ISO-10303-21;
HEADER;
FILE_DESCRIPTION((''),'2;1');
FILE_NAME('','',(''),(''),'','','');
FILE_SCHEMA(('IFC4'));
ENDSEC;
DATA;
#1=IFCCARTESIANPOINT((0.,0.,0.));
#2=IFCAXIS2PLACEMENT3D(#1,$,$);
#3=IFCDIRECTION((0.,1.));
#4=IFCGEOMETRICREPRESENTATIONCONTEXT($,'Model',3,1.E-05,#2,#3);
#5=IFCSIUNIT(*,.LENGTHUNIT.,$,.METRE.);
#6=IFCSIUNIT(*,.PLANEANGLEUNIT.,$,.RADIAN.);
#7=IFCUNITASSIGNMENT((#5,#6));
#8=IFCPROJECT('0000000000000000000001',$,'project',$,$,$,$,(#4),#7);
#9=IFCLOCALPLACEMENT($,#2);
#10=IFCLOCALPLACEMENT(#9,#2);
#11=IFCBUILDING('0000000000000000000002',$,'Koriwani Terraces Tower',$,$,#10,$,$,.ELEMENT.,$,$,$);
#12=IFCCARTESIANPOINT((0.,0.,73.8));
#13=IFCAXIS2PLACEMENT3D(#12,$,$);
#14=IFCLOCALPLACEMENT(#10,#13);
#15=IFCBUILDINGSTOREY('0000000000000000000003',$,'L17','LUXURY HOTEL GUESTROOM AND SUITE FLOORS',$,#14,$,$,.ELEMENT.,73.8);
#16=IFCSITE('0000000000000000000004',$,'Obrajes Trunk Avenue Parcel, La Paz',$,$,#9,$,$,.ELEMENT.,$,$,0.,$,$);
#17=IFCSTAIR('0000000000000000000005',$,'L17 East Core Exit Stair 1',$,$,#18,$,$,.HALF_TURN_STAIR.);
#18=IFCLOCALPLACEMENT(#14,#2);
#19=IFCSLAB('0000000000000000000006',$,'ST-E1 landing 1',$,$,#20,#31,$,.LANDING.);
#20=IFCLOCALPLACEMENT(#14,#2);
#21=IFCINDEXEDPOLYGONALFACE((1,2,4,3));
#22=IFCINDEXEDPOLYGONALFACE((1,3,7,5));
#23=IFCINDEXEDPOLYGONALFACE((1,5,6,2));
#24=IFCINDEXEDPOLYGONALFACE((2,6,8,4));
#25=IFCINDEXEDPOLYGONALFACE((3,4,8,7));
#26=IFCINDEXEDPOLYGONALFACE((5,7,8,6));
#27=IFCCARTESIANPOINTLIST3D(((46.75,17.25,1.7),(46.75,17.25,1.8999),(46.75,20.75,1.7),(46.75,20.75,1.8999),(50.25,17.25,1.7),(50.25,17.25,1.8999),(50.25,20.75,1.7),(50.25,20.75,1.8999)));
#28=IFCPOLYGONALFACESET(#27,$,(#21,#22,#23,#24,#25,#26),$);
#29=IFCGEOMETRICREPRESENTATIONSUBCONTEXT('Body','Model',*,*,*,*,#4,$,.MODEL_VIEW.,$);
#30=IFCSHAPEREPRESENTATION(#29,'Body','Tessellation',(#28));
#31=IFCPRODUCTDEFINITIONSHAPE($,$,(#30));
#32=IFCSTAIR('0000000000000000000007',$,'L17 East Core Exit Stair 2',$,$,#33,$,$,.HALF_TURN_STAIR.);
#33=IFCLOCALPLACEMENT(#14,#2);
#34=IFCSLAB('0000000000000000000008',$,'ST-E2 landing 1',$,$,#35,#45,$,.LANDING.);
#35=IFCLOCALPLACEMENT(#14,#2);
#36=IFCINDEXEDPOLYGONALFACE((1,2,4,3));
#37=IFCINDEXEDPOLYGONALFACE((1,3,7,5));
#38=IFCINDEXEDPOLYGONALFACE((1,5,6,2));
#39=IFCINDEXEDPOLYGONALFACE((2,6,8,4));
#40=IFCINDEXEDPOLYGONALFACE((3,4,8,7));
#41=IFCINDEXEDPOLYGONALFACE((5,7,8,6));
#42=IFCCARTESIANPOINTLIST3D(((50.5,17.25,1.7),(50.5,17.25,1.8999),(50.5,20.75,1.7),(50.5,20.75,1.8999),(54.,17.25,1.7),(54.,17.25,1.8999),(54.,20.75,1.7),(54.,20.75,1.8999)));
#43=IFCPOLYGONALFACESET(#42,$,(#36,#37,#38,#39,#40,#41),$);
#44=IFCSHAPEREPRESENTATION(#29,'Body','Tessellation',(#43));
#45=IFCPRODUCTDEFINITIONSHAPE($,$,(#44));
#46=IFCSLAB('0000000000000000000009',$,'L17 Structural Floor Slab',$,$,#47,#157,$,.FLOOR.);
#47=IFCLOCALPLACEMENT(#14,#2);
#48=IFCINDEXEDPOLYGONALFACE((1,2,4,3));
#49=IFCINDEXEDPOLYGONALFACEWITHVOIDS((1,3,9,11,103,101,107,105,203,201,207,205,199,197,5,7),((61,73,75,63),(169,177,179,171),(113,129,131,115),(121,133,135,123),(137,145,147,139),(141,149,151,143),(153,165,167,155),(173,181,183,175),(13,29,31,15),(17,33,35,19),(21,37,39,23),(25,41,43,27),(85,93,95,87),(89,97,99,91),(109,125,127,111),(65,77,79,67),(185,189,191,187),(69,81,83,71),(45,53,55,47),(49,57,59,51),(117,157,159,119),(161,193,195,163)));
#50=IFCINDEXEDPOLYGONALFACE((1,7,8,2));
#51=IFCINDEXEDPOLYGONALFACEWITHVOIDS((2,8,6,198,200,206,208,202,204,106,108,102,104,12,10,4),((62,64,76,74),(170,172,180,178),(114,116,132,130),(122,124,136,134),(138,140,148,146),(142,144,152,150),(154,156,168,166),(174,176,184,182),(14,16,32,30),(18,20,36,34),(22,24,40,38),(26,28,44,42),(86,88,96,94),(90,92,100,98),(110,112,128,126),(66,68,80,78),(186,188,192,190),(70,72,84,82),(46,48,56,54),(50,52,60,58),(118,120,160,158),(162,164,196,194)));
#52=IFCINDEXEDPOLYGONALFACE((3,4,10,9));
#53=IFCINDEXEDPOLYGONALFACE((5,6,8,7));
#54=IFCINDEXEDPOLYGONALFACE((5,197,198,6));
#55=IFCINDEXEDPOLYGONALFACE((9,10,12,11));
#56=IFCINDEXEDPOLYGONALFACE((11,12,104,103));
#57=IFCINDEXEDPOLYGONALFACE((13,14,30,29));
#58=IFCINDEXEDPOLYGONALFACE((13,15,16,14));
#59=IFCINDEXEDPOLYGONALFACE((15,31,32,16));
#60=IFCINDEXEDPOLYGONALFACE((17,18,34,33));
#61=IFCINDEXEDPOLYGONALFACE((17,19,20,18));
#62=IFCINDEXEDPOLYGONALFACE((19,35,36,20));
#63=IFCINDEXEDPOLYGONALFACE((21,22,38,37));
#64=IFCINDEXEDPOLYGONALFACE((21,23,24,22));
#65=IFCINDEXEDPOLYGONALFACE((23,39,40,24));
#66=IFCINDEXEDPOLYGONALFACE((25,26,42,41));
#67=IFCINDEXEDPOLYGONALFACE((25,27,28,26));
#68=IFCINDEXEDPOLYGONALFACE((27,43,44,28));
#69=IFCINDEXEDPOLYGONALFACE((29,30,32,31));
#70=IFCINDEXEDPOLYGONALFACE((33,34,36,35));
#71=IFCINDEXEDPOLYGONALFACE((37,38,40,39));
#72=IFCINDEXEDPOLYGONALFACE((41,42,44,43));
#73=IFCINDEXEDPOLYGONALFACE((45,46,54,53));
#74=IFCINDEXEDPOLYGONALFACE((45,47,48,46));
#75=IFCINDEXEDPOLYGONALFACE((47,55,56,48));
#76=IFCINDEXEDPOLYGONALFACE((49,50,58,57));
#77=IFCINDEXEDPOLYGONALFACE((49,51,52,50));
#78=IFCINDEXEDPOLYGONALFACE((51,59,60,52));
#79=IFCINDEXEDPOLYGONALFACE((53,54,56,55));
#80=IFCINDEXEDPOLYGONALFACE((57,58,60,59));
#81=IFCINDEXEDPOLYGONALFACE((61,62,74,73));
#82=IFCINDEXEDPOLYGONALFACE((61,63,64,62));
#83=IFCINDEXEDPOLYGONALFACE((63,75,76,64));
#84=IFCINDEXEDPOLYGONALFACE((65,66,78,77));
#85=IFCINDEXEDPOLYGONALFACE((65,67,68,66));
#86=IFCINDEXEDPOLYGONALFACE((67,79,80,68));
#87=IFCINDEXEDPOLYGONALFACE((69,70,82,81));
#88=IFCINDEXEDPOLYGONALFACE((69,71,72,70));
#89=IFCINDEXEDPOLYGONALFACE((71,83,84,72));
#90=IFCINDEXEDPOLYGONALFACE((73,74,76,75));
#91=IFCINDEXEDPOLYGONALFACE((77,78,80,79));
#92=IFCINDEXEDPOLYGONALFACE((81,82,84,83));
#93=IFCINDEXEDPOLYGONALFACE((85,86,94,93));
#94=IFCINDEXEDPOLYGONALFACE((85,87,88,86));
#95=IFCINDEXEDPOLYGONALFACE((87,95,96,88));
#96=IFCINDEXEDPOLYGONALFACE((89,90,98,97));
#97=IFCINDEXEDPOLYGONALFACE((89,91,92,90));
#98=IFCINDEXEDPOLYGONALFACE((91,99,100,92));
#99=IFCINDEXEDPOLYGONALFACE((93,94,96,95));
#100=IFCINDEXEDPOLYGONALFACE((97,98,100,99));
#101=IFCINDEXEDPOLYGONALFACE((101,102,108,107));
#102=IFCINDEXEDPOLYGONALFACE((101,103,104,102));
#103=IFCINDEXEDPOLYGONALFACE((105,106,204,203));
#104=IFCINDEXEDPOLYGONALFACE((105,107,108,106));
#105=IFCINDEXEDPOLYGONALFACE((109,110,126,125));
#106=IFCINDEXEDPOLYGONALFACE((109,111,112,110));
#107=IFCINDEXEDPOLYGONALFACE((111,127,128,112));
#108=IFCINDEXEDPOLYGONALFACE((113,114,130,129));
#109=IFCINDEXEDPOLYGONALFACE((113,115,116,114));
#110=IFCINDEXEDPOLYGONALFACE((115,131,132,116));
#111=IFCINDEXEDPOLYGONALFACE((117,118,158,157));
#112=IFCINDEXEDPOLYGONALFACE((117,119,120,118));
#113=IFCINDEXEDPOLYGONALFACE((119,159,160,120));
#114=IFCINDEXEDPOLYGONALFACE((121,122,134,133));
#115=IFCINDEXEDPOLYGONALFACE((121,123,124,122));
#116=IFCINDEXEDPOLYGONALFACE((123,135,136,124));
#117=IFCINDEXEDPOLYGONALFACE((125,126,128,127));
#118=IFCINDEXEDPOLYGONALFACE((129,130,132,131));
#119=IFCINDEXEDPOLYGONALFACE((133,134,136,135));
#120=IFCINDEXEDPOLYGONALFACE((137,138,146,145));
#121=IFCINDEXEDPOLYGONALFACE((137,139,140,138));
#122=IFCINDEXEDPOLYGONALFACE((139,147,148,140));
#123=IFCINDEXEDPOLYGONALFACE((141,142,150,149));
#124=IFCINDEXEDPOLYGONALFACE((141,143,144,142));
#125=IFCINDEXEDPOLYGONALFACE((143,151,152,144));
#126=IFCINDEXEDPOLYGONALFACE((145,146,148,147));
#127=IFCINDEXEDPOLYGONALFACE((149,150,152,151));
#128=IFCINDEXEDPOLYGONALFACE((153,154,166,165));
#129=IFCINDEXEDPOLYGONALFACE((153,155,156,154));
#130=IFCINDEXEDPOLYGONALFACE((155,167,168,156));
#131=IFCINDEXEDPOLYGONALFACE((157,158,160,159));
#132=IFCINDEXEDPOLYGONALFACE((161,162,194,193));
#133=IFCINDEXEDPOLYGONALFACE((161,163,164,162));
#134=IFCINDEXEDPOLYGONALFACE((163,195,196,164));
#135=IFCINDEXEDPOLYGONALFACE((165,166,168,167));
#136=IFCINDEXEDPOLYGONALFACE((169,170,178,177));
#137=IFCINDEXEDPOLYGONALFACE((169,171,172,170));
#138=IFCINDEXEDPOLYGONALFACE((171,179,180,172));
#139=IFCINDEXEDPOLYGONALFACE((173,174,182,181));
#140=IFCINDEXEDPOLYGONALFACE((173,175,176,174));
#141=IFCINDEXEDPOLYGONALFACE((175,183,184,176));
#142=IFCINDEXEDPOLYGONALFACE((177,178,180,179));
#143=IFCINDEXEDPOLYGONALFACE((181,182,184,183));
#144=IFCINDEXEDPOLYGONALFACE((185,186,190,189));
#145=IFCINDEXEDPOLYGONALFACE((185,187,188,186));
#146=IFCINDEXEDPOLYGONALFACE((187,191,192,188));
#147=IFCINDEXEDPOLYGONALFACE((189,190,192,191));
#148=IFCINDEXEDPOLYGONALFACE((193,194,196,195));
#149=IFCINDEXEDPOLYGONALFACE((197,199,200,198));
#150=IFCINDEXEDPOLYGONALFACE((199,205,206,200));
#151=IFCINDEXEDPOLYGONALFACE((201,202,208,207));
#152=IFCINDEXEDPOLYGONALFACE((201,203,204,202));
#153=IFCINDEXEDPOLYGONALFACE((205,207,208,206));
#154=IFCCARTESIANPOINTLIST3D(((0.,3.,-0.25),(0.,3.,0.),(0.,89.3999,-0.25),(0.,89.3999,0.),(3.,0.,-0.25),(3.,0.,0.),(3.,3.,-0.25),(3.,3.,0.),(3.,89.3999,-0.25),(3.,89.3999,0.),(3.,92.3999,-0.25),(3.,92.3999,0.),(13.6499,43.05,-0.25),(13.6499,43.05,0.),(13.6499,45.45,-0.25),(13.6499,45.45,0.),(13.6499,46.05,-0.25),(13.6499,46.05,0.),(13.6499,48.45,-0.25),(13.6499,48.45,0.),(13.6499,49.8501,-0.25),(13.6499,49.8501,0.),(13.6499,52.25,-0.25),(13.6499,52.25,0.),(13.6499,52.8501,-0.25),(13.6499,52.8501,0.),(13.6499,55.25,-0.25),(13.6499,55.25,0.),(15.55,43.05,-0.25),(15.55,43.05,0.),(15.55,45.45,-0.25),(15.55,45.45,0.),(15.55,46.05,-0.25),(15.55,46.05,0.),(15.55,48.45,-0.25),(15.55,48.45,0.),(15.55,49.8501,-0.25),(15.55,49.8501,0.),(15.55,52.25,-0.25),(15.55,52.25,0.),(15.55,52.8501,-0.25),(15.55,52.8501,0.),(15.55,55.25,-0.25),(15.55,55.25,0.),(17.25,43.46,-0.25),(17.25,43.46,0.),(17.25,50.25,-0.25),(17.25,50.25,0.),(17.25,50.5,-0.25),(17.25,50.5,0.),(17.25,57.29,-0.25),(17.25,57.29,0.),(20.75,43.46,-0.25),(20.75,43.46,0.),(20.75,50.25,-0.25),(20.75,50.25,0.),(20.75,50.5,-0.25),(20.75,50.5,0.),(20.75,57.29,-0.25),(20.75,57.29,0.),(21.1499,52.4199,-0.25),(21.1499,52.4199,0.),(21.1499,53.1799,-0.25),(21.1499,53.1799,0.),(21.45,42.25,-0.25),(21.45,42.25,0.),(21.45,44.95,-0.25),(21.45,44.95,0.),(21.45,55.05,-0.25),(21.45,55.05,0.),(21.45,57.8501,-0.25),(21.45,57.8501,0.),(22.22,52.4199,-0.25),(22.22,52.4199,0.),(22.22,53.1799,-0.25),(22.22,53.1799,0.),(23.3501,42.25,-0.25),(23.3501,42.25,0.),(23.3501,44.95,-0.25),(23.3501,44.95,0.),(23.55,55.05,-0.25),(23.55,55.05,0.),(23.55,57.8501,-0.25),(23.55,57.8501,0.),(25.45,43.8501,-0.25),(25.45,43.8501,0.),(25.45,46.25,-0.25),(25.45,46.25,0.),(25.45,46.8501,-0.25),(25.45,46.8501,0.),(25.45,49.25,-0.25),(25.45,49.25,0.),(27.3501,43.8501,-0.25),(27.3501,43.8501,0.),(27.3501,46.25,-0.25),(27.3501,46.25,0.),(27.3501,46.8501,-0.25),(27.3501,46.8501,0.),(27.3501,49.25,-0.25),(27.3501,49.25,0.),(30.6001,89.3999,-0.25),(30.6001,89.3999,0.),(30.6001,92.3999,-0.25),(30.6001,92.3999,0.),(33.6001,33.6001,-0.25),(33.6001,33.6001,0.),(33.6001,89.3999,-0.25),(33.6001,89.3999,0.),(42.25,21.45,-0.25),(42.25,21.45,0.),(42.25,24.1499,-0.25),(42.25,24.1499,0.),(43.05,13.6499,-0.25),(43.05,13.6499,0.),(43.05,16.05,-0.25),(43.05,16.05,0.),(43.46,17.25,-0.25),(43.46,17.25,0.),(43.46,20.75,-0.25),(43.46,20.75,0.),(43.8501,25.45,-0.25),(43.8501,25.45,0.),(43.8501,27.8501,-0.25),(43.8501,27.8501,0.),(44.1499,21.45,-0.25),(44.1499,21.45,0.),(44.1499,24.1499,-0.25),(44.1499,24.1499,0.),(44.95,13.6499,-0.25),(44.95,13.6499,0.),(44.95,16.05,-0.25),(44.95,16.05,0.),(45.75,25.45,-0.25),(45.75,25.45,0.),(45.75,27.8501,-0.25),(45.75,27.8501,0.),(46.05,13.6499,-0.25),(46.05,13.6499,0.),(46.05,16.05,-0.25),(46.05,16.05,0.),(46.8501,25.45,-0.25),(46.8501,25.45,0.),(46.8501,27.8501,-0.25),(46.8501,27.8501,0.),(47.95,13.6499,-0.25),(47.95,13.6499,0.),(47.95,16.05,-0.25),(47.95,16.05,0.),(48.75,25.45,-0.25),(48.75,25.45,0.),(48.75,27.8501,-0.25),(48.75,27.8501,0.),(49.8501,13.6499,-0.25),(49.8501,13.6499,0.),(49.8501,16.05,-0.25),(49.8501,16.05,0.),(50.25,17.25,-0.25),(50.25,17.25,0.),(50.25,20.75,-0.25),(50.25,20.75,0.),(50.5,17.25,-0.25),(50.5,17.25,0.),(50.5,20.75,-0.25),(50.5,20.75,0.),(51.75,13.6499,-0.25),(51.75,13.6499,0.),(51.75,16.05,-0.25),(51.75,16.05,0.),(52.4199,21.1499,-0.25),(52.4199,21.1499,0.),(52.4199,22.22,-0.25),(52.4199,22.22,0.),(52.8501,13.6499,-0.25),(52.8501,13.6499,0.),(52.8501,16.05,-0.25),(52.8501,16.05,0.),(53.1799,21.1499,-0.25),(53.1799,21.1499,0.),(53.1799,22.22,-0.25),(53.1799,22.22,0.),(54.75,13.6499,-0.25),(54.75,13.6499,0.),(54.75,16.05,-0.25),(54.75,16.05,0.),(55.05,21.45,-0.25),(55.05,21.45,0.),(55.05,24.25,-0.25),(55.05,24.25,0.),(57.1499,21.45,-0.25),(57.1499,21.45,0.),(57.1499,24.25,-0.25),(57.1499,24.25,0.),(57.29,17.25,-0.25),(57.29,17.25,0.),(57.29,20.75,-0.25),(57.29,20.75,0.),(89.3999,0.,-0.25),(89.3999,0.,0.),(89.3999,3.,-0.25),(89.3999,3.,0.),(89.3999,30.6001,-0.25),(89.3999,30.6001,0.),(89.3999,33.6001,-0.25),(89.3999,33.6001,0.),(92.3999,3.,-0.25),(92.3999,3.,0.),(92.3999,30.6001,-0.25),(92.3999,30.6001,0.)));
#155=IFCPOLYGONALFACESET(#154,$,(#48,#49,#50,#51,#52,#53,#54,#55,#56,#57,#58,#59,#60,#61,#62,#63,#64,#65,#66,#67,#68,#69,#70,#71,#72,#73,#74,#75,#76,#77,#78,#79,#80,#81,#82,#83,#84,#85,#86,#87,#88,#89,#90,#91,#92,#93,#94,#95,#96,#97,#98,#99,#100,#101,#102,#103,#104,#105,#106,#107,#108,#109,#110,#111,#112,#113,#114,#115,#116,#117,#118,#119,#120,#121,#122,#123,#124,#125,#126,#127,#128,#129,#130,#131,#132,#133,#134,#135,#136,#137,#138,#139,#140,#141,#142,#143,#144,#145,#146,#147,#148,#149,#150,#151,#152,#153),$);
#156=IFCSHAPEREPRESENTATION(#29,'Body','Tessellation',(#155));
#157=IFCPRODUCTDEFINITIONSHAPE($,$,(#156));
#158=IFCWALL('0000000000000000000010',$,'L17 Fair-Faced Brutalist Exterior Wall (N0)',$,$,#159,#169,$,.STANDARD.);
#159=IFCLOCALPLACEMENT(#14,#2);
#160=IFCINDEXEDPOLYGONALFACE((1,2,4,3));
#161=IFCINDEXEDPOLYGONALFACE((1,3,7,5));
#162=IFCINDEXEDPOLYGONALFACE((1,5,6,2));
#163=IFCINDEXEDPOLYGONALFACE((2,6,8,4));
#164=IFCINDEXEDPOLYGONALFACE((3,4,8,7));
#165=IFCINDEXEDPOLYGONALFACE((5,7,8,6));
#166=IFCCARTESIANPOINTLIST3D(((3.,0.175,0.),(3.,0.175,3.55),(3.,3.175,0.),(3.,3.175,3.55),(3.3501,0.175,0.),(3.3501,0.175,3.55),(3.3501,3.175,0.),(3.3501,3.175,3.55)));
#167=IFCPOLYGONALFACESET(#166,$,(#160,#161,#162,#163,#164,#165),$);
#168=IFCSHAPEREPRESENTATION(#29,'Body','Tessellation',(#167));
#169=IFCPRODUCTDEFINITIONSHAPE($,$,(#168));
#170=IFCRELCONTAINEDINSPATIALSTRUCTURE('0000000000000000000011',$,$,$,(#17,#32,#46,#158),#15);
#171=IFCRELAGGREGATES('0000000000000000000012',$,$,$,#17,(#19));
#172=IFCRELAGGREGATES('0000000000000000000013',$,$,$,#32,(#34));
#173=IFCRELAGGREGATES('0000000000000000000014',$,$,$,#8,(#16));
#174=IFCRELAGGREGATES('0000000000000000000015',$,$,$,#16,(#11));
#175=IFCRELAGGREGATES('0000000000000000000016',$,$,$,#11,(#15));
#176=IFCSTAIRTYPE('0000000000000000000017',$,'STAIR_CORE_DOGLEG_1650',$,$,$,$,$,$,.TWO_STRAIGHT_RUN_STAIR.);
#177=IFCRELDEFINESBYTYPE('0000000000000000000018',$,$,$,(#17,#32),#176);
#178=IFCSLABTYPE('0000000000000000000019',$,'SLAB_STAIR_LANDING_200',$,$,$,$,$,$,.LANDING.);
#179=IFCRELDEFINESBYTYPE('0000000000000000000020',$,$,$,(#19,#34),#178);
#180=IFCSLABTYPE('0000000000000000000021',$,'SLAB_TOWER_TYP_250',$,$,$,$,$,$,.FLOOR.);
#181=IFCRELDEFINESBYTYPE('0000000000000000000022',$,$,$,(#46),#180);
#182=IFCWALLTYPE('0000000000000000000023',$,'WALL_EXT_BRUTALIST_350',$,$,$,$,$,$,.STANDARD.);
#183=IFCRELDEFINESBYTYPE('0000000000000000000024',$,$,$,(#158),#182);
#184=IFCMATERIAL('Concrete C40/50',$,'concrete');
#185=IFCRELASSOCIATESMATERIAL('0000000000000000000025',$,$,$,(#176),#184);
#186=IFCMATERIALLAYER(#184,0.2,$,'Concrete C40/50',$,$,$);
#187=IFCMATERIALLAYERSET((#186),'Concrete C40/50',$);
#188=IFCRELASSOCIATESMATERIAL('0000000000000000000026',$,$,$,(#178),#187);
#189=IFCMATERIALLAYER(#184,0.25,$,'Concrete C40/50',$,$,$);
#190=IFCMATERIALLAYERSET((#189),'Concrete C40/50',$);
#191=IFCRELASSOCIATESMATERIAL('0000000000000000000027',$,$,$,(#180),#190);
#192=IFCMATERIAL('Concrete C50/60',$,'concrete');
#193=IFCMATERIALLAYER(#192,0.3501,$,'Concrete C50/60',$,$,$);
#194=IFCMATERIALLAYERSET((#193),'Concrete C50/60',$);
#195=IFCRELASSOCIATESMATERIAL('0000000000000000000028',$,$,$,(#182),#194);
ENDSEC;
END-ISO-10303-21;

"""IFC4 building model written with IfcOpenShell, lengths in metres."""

from ifc_helpers import new_model, si_unit, direction, frame, frame_2d, origin, place, context, subcontext, project, spatial, polyline, rectangle, outline, extrude, material, layer, layer_set, type_object, element, aggregate, save


model = new_model("IFC4")

# Units and contexts
model_context = context("Model", 3, precision=1e-05, world=origin(), true_north=direction((0.0, 1.0)))
body_context = subcontext(model_context, "Body", "Model", "MODEL_VIEW")
ifc_project = project(units=[si_unit("LENGTHUNIT", "METRE"), si_unit("PLANEANGLEUNIT", "RADIAN")], contexts=[model_context])

# Site, building, storey
site_placement = place(None, origin())
site = spatial("IfcSite", under=ifc_project, at=site_placement, Name="Obrajes Trunk Avenue Parcel, La Paz", CompositionType="ELEMENT", RefElevation=0.0)
building_placement = place(site_placement, origin())
building = spatial("IfcBuilding", under=site, at=building_placement, Name="Koriwani Terraces Tower", CompositionType="ELEMENT")
storey_placement = place(building_placement, frame((0.0, 0.0, 73.8)))
storey = spatial("IfcBuildingStorey", under=building, at=storey_placement, Name="L17", Description="LUXURY HOTEL GUESTROOM AND SUITE FLOORS", CompositionType="ELEMENT", Elevation=73.8)

# Shared definitions
ifc_material_1 = material(Name="Concrete C40/50", Category="concrete")
ifc_material_2 = material(Name="Concrete C50/60", Category="concrete")

# Stairs, slabs
stair_type = type_object("IfcStairType", Name="STAIR_CORE_DOGLEG_1650", PredefinedType="TWO_STRAIGHT_RUN_STAIR", material=ifc_material_1)
ifc_layer_1 = layer(ifc_material_1, 0.2, Name="Concrete C40/50")
ifc_layer_set_1 = layer_set([ifc_layer_1], Name="Concrete C40/50")
slab_type_1 = type_object("IfcSlabType", Name="SLAB_STAIR_LANDING_200", PredefinedType="LANDING", material=ifc_layer_set_1)
stair_1_placement = place(storey_placement, origin())
stair_1 = element("IfcStair", 1, at=stair_1_placement, inside=storey, type_object=stair_type, Name="L17 East Core Exit Stair 1", PredefinedType="HALF_TURN_STAIR")
slab_1_placement = place(storey_placement, frame((0.0, 0.0, 1.7)))
slab_1 = element("IfcSlab", 2, at=slab_1_placement, type_object=slab_type_1, Name="ST-E1 landing 1", PredefinedType="LANDING", context=body_context, shape_type="SweptSolid", body=[
    extrude(outline(polyline([(46.75, 17.25), (50.25, 17.25), (50.25, 20.75), (46.75, 20.75), (46.75, 17.25)])), origin(), (0.0, 0.0, 1.0), 0.2),
])
aggregate(stair_1, [slab_1])
stair_2_placement = place(storey_placement, origin())
stair_2 = element("IfcStair", 3, at=stair_2_placement, inside=storey, type_object=stair_type, Name="L17 East Core Exit Stair 2", PredefinedType="HALF_TURN_STAIR")
slab_2_placement = place(storey_placement, frame((0.0, 0.0, 1.7)))
slab_2 = element("IfcSlab", 4, at=slab_2_placement, type_object=slab_type_1, Name="ST-E2 landing 1", PredefinedType="LANDING", context=body_context, shape_type="SweptSolid", body=[
    extrude(outline(polyline([(54.0, 20.75), (50.5, 20.75), (50.5, 17.25), (54.0, 17.25), (54.0, 20.75)])), origin(), (0.0, 0.0, 1.0), 0.2),
])
aggregate(stair_2, [slab_2])

# Slab
ifc_layer_2 = layer(ifc_material_1, 0.25, Name="Concrete C40/50")
ifc_layer_set_2 = layer_set([ifc_layer_2], Name="Concrete C40/50")
slab_type_2 = type_object("IfcSlabType", Name="SLAB_TOWER_TYP_250", PredefinedType="FLOOR", material=ifc_layer_set_2)
slab_3_placement = place(storey_placement, frame((0.0, 0.0, -0.25)))
element("IfcSlab", 5, at=slab_3_placement, inside=storey, type_object=slab_type_2, Name="L17 Structural Floor Slab", PredefinedType="FLOOR", context=body_context, shape_type="SweptSolid", body=[
    extrude(outline(polyline([(3.0, 0.0), (89.3999, 0.0), (89.3999, 3.0), (92.3999, 3.0), (92.3999, 30.6001), (89.3999, 30.6001), (89.3999, 33.6001), (33.6001, 33.6001), (33.6001, 89.3999), (30.6001, 89.3999), (30.6001, 92.3999), (3.0, 92.3999), (3.0, 89.3999), (0.0, 89.3999), (0.0, 3.0), (3.0, 3.0), (3.0, 0.0)]), holes=[polyline([(17.25, 43.46), (20.75, 43.46), (20.75, 50.25), (17.25, 50.25), (17.25, 43.46)]), polyline([(17.25, 50.5), (20.75, 50.5), (20.75, 57.29), (17.25, 57.29), (17.25, 50.5)]), polyline([(43.46, 17.25), (50.25, 17.25), (50.25, 20.75), (43.46, 20.75), (43.46, 17.25)]), polyline([(50.5, 17.25), (57.29, 17.25), (57.29, 20.75), (50.5, 20.75), (50.5, 17.25)]), polyline([(13.6499, 43.05), (15.55, 43.05), (15.55, 45.45), (13.6499, 45.45), (13.6499, 43.05)]), polyline([(13.6499, 46.05), (15.55, 46.05), (15.55, 48.45), (13.6499, 48.45), (13.6499, 46.05)]), polyline([(43.05, 13.6499), (44.95, 13.6499), (44.95, 16.05), (43.05, 16.05), (43.05, 13.6499)]), polyline([(46.05, 13.6499), (47.95, 13.6499), (47.95, 16.05), (46.05, 16.05), (46.05, 13.6499)]), polyline([(13.6499, 49.8501), (15.55, 49.8501), (15.55, 52.25), (13.6499, 52.25), (13.6499, 49.8501)]), polyline([(13.6499, 52.8501), (15.55, 52.8501), (15.55, 55.25), (13.6499, 55.25), (13.6499, 52.8501)]), polyline([(49.8501, 13.6499), (51.75, 13.6499), (51.75, 16.05), (49.8501, 16.05), (49.8501, 13.6499)]), polyline([(52.8501, 13.6499), (54.75, 13.6499), (54.75, 16.05), (52.8501, 16.05), (52.8501, 13.6499)]), polyline([(25.45, 43.8501), (27.3501, 43.8501), (27.3501, 46.25), (25.45, 46.25), (25.45, 43.8501)]), polyline([(25.45, 46.8501), (27.3501, 46.8501), (27.3501, 49.25), (25.45, 49.25), (25.45, 46.8501)]), polyline([(43.8501, 25.45), (45.75, 25.45), (45.75, 27.8501), (43.8501, 27.8501), (43.8501, 25.45)]), polyline([(46.8501, 25.45), (48.75, 25.45), (48.75, 27.8501), (46.8501, 27.8501), (46.8501, 25.45)]), polyline([(21.45, 55.05), (23.55, 55.05), (23.55, 57.8501), (21.45, 57.8501), (21.45, 55.05)]), polyline([(55.05, 21.45), (57.1499, 21.45), (57.1499, 24.25), (55.05, 24.25), (55.05, 21.45)]), polyline([(21.45, 42.25), (23.3501, 42.25), (23.3501, 44.95), (21.45, 44.95), (21.45, 42.25)]), polyline([(42.25, 21.45), (44.1499, 21.45), (44.1499, 24.1499), (42.25, 24.1499), (42.25, 21.45)]), polyline([(21.1499, 52.4199), (22.22, 52.4199), (22.22, 53.1799), (21.1499, 53.1799), (21.1499, 52.4199)]), polyline([(52.4199, 21.1499), (53.1799, 21.1499), (53.1799, 22.22), (52.4199, 22.22), (52.4199, 21.1499)])]), origin(), (0.0, 0.0, 1.0), 0.25),
])

# Wall
ifc_layer_3 = layer(ifc_material_2, 0.3501, Name="Concrete C50/60")
ifc_layer_set_3 = layer_set([ifc_layer_3], Name="Concrete C50/60")
wall_type = type_object("IfcWallType", Name="WALL_EXT_BRUTALIST_350", PredefinedType="STANDARD", material=ifc_layer_set_3)
wall_placement = place(storey_placement, frame((3.175, 0.175, 0.0), z_axis=(0.0, 0.0, 1.0), x_axis=(0.0, 1.0, 0.0)))
element("IfcWall", 6, at=wall_placement, inside=storey, type_object=wall_type, Name="L17 Fair-Faced Brutalist Exterior Wall (N0)", PredefinedType="STANDARD", context=body_context, shape_type="SweptSolid", body=[
    extrude(rectangle(XDim=3.0, YDim=0.3501, at=frame_2d((1.5, 0.0))), origin(), (0.0, 0.0, 1.0), 3.55),
])

save(model, "model.ifc")
